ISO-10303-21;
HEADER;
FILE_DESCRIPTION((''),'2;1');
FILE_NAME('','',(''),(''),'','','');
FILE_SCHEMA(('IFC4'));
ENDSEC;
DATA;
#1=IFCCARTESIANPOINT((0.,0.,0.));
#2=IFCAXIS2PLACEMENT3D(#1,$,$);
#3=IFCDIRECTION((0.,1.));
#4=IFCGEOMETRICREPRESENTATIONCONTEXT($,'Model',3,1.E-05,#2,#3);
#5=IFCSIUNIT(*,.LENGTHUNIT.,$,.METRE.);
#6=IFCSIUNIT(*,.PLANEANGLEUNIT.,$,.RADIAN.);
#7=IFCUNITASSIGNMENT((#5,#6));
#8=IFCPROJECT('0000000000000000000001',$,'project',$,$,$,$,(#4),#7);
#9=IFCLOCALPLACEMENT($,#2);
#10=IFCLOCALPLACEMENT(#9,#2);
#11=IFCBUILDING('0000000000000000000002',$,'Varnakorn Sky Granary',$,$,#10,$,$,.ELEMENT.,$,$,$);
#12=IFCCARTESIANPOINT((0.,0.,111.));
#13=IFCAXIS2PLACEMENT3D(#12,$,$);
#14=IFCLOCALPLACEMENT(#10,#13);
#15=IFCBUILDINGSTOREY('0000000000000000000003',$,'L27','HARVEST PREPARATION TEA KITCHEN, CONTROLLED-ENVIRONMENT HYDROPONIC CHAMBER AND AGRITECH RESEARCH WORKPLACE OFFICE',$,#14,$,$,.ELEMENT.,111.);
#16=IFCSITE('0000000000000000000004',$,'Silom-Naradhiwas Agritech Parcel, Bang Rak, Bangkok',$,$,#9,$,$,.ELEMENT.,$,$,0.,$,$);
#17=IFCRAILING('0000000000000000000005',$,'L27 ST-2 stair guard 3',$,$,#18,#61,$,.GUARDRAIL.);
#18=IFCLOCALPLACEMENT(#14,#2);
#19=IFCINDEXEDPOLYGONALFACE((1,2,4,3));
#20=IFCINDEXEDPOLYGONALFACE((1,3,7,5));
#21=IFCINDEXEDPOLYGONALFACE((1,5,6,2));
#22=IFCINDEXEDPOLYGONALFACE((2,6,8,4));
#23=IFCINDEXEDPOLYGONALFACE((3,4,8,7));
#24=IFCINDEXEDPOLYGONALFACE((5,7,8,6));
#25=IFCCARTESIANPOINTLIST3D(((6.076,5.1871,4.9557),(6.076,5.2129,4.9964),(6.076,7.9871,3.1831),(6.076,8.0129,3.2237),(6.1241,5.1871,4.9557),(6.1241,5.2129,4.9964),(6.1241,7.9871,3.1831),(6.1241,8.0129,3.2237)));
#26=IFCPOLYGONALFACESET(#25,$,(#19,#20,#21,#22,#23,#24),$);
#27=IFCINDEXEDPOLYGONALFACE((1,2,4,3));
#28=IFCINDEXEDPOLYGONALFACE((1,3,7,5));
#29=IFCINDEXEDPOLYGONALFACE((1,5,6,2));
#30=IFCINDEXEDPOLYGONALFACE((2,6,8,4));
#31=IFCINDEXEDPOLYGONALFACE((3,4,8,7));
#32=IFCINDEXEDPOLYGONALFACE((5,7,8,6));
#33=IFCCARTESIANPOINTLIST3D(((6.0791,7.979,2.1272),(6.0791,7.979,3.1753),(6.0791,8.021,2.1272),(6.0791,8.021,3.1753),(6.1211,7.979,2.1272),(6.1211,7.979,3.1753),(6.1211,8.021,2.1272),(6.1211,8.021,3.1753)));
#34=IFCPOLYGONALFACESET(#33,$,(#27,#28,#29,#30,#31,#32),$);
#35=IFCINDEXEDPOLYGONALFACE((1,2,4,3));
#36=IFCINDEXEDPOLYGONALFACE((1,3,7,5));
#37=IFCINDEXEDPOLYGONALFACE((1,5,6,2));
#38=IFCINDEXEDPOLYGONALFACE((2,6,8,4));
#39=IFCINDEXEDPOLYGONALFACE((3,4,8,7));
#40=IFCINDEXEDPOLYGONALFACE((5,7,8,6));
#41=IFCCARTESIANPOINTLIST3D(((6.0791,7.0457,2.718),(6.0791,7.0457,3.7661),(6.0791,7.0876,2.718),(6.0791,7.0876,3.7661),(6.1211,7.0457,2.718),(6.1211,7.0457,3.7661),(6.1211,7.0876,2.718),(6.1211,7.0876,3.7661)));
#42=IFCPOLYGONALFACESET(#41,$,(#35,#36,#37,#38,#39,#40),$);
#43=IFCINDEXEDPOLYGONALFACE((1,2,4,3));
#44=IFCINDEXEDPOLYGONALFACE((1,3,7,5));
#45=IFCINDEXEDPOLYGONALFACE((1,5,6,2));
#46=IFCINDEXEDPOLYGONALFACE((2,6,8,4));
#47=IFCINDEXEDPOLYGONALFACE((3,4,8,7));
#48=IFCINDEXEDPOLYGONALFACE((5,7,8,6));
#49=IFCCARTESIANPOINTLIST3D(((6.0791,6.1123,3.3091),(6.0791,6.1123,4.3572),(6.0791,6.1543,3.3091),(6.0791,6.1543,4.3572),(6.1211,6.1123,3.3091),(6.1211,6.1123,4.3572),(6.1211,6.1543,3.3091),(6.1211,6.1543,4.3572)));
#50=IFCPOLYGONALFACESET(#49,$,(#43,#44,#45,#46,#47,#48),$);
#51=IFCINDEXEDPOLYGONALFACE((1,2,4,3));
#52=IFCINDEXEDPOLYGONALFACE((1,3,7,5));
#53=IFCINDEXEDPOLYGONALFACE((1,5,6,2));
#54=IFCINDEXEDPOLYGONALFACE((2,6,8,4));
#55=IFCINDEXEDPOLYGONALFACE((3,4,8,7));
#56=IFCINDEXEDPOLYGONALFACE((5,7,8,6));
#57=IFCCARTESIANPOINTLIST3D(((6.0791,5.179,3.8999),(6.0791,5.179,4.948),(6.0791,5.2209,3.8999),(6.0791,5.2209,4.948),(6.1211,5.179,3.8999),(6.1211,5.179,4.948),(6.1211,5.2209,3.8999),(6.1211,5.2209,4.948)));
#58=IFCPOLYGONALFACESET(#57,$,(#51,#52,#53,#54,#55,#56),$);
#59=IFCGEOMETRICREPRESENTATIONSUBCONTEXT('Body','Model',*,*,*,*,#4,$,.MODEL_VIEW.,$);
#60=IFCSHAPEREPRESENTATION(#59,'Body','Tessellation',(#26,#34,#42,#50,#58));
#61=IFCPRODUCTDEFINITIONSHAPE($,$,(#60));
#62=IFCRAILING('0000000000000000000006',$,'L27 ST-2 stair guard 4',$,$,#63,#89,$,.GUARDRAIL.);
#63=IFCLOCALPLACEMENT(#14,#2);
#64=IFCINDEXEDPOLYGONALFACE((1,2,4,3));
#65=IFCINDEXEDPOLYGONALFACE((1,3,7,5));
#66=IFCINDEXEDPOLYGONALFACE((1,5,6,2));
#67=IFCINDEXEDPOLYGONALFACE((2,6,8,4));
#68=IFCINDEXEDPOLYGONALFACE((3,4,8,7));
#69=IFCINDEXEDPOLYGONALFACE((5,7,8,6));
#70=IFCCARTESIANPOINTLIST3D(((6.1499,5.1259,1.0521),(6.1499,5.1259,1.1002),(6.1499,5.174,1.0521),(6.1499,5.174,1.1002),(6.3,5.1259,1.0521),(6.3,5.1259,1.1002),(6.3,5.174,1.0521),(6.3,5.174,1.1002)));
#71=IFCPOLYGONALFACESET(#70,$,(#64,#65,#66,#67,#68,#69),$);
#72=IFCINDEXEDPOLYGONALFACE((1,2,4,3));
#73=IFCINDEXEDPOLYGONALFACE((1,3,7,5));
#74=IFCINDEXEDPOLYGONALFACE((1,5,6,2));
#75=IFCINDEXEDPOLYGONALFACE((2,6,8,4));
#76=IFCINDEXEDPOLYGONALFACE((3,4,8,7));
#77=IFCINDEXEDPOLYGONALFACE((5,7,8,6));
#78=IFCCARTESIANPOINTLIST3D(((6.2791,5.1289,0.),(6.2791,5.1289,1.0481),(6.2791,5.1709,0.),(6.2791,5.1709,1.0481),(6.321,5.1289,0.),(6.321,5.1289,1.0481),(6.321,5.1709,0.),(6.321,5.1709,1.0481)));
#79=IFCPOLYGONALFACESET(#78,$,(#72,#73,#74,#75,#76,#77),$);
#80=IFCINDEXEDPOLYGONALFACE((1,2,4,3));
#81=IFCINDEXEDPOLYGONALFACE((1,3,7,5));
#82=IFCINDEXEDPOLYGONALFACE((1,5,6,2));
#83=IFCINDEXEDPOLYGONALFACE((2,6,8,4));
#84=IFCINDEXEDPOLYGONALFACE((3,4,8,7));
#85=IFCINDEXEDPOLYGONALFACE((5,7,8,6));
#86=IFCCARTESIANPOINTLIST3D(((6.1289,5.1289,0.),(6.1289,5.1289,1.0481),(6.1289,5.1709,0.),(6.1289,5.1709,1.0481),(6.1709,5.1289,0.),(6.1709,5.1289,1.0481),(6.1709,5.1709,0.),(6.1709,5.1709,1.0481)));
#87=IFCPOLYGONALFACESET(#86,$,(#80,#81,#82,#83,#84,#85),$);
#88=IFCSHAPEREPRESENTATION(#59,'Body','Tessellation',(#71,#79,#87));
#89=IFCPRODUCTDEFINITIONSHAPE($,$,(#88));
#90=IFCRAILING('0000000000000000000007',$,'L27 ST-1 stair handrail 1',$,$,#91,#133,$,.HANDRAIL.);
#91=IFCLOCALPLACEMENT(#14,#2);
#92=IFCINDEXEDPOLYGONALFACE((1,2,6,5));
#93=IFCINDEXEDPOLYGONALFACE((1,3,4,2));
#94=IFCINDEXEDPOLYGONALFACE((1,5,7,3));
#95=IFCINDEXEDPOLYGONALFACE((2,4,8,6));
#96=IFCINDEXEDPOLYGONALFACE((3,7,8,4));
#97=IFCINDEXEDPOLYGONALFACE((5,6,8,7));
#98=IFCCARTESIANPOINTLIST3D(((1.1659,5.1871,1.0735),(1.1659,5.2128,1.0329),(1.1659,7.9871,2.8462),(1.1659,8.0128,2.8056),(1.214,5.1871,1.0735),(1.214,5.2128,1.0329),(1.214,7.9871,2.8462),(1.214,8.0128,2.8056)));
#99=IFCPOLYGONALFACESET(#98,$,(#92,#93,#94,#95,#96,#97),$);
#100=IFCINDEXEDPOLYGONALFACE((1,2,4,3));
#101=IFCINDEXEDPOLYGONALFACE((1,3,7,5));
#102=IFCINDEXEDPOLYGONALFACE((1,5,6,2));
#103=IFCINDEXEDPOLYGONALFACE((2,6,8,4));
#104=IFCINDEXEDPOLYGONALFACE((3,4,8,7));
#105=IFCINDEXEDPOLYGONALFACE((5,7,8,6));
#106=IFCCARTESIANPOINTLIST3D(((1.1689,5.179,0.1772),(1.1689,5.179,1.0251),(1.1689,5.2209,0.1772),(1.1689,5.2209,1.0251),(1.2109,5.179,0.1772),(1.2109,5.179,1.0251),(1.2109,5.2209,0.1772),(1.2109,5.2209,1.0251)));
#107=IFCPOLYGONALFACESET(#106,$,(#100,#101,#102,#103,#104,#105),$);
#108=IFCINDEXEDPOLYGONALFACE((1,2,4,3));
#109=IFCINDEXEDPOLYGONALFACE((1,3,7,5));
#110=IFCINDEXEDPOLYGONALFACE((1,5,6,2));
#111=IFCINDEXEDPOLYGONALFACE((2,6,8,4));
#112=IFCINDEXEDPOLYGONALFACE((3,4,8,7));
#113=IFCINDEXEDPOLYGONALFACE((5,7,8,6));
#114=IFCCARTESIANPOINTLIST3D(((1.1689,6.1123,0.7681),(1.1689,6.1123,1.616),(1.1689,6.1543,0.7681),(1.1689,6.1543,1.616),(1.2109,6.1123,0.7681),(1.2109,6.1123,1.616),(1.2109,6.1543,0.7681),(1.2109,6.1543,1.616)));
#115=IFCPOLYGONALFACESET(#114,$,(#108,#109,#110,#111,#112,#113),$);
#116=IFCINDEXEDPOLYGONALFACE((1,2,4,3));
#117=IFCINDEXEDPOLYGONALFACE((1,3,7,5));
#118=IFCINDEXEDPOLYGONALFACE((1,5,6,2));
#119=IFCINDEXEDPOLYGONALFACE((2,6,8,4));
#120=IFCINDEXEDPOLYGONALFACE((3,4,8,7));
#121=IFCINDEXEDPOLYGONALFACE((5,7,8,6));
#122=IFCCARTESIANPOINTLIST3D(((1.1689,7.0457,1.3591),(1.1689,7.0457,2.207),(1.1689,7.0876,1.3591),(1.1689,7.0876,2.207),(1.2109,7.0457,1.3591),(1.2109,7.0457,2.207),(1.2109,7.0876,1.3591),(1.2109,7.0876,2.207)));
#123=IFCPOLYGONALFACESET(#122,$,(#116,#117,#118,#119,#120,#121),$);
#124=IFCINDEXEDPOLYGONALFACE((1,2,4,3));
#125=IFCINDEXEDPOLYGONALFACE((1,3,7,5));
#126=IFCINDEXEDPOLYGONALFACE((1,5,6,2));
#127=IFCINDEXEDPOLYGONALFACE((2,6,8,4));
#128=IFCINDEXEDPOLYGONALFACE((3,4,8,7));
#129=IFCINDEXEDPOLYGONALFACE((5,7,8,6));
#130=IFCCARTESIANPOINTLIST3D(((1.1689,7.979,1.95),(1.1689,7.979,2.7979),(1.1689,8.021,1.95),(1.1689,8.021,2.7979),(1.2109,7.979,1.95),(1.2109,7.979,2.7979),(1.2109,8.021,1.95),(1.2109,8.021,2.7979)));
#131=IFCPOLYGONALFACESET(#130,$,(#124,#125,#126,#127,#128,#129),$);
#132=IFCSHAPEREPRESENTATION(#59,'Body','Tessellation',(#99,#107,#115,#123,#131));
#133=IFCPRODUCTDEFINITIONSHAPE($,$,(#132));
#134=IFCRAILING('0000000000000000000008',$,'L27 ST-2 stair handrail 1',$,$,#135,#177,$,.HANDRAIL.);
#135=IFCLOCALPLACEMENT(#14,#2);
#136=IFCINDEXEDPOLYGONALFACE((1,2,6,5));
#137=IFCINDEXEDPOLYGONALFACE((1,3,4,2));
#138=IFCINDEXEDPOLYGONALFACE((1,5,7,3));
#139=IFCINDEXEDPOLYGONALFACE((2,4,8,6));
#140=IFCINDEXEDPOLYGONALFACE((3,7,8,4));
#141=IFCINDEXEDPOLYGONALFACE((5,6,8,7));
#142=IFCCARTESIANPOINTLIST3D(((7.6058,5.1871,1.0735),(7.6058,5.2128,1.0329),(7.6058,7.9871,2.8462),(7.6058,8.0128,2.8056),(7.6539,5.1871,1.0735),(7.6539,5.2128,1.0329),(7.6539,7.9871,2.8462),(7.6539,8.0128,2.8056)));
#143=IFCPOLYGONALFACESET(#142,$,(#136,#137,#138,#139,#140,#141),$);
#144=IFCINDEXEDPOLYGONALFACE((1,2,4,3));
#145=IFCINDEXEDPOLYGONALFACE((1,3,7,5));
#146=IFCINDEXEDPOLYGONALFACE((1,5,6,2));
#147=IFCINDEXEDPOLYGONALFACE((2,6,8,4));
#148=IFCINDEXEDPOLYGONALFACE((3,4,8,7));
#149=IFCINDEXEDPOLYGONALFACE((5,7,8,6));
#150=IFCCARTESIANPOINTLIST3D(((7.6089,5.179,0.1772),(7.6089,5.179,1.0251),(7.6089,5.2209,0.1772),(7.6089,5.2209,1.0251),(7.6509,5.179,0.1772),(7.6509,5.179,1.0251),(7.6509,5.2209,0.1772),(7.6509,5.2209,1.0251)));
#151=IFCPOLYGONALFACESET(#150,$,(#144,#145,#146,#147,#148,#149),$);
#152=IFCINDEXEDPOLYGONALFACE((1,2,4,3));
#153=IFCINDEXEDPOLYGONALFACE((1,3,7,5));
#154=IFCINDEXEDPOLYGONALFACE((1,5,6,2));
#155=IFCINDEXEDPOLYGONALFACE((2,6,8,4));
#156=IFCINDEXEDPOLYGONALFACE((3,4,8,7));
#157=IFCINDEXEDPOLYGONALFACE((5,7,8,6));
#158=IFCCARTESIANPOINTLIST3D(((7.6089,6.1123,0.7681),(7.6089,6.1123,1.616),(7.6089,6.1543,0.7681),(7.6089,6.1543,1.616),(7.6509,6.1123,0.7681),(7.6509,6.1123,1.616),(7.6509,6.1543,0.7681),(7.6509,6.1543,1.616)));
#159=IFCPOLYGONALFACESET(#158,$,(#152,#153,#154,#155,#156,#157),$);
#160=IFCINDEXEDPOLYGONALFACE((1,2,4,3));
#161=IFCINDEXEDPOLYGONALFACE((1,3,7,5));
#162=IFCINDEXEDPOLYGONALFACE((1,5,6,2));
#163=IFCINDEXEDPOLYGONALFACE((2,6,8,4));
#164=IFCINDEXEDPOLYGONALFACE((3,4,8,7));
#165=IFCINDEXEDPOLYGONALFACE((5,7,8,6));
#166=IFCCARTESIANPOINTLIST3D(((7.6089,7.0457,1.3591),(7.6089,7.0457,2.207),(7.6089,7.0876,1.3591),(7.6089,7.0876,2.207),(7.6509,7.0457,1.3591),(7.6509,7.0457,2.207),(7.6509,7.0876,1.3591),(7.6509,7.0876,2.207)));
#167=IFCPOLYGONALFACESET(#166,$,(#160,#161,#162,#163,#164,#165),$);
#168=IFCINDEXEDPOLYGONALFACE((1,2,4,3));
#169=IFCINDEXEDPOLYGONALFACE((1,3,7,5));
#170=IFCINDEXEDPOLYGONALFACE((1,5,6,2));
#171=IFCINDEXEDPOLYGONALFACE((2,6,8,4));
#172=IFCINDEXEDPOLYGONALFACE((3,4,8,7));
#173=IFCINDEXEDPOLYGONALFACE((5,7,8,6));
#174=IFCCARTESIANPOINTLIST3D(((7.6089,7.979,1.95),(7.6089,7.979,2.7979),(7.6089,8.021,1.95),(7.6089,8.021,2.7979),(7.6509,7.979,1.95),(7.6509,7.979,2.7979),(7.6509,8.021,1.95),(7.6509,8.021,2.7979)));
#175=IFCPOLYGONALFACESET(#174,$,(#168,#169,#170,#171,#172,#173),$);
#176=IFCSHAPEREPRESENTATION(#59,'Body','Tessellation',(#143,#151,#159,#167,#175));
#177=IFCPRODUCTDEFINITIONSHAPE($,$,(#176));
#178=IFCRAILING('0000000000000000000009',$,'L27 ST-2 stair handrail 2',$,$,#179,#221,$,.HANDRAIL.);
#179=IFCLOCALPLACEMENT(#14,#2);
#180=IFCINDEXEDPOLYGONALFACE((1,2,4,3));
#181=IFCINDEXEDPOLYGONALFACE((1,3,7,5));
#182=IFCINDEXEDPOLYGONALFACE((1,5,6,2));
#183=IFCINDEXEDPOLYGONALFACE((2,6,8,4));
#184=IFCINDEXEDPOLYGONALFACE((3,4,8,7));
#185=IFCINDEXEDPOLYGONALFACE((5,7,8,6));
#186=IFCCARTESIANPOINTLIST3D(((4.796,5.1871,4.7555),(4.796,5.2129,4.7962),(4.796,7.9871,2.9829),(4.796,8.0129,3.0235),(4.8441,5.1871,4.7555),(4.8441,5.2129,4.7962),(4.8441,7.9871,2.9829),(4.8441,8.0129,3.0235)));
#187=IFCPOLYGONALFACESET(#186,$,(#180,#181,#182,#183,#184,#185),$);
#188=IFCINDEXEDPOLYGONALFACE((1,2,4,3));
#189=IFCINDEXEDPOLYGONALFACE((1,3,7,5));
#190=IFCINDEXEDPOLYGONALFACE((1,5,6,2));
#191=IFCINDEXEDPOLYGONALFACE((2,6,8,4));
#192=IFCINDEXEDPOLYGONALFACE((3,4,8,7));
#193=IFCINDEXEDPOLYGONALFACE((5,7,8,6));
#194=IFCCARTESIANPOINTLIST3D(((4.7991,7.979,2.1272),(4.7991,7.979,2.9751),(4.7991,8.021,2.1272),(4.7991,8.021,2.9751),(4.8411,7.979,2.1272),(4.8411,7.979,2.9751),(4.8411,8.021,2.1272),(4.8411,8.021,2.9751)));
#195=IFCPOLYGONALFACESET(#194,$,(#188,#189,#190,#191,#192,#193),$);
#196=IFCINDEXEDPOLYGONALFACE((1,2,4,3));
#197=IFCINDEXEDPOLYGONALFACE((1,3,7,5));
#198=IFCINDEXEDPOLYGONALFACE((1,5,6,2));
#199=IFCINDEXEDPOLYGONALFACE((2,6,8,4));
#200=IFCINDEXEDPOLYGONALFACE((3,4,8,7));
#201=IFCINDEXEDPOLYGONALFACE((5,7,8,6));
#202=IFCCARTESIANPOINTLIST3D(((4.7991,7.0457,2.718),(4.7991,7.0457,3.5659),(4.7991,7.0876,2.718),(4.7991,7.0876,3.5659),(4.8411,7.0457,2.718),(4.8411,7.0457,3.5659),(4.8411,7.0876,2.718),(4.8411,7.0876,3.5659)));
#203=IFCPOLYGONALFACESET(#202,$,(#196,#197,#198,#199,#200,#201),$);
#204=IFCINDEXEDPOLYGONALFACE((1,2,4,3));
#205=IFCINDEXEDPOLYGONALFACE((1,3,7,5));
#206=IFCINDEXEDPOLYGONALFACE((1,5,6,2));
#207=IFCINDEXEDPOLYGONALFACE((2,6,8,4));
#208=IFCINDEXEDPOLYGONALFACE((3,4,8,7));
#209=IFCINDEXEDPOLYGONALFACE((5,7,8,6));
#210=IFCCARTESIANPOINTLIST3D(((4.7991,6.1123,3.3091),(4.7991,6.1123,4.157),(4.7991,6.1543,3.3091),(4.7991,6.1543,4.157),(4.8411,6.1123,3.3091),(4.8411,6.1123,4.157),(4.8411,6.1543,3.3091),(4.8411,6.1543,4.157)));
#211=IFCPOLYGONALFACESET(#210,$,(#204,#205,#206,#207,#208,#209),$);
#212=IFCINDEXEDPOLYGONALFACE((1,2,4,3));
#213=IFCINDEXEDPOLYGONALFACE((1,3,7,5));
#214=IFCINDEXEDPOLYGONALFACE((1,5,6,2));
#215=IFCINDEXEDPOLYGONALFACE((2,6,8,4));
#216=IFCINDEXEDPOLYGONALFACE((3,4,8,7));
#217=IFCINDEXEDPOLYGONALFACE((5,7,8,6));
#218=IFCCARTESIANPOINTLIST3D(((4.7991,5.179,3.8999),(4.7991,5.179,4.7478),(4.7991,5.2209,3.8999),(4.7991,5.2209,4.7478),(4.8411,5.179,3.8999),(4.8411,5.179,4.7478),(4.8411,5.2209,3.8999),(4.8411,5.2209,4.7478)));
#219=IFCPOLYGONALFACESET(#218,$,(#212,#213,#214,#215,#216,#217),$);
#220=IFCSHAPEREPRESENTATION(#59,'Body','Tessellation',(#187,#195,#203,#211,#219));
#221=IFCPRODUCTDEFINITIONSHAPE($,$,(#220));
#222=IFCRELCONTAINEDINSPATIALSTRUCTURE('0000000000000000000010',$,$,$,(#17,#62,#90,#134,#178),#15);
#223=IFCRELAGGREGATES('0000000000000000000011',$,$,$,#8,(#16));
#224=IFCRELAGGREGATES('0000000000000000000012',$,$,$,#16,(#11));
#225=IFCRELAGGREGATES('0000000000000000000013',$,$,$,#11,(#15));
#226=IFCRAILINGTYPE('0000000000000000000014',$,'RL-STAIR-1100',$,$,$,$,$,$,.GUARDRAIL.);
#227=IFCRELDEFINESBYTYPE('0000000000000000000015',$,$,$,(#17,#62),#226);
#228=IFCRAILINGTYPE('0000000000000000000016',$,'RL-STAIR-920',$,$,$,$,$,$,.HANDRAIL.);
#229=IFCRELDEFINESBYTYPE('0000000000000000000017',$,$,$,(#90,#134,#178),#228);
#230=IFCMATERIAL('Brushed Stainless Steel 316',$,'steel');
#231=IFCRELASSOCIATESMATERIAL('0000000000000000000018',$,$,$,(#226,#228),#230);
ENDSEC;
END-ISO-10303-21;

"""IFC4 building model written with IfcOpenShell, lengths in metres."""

from ifc_helpers import new_model, si_unit, direction, frame, origin, origin_2d, place, context, subcontext, project, spatial, rectangle, extrude, material, type_object, element, save


model = new_model("IFC4")

# Units and contexts
model_context = context("Model", 3, precision=1e-05, world=origin(), true_north=direction((0.0, 1.0)))
body_context = subcontext(model_context, "Body", "Model", "MODEL_VIEW")
ifc_project = project(units=[si_unit("LENGTHUNIT", "METRE"), si_unit("PLANEANGLEUNIT", "RADIAN")], contexts=[model_context])

# Site, building, storey
site_placement = place(None, origin())
site = spatial("IfcSite", under=ifc_project, at=site_placement, Name="Silom-Naradhiwas Agritech Parcel, Bang Rak, Bangkok", CompositionType="ELEMENT", RefElevation=0.0)
building_placement = place(site_placement, origin())
building = spatial("IfcBuilding", under=site, at=building_placement, Name="Varnakorn Sky Granary", CompositionType="ELEMENT")
storey_placement = place(building_placement, frame((0.0, 0.0, 111.0)))
storey = spatial("IfcBuildingStorey", under=building, at=storey_placement, Name="L27", Description="HARVEST PREPARATION TEA KITCHEN, CONTROLLED-ENVIRONMENT HYDROPONIC CHAMBER AND AGRITECH RESEARCH WORKPLACE OFFICE", CompositionType="ELEMENT", Elevation=111.0)

# Railings
ifc_material_1 = material(Name="Brushed Stainless Steel 316", Category="steel")
railing_type_1 = type_object("IfcRailingType", Name="RL-STAIR-1100", PredefinedType="GUARDRAIL", material=ifc_material_1)
railing_1_placement = place(storey_placement, frame((6.1001, 8.0, 2.1272)))
element("IfcRailing", 1, at=railing_1_placement, inside=storey, type_object=railing_type_1, Name="L27 ST-2 stair guard 3", PredefinedType="GUARDRAIL", context=body_context, shape_type="SweptSolid", body=[
    extrude(rectangle(XDim=0.0481, YDim=0.0481, at=origin_2d()), frame((0.0, 0.0, 1.0762), z_axis=(0.0, -0.844909, 0.53491), x_axis=(1.0, 0.0, 0.0)), (0.0, 0.0, 1.0), 3.314),
    extrude(rectangle(XDim=0.042, YDim=0.042, at=origin_2d()), origin(), (0.0, 0.0, 1.0), 1.0481),
    extrude(rectangle(XDim=0.042, YDim=0.042, at=origin_2d()), frame((0.0, -0.9333, 0.5908)), (0.0, 0.0, 1.0), 1.0481),
    extrude(rectangle(XDim=0.042, YDim=0.042, at=origin_2d()), frame((0.0, -1.8667, 1.1819)), (0.0, 0.0, 1.0), 1.0481),
    extrude(rectangle(XDim=0.042, YDim=0.042, at=origin_2d()), frame((0.0, -2.8, 1.7727)), (0.0, 0.0, 1.0), 1.0481),
])
railing_2_placement = place(storey_placement, frame((6.3, 5.1499, 0.0)))
element("IfcRailing", 2, at=railing_2_placement, inside=storey, type_object=railing_type_1, Name="L27 ST-2 stair guard 4", PredefinedType="GUARDRAIL", context=body_context, shape_type="SweptSolid", body=[
    extrude(rectangle(XDim=0.0481, YDim=0.0481, at=origin_2d()), frame((0.0, 0.0, 1.0762), z_axis=(-1.0, 0.0, 0.0), x_axis=(0.0, -1.0, 0.0)), (0.0, 0.0, 1.0), 0.1501),
    extrude(rectangle(XDim=0.042, YDim=0.042, at=origin_2d()), origin(), (0.0, 0.0, 1.0), 1.0481),
    extrude(rectangle(XDim=0.042, YDim=0.042, at=origin_2d()), frame((-0.1501, 0.0, 0.0)), (0.0, 0.0, 1.0), 1.0481),
])
railing_type_2 = type_object("IfcRailingType", Name="RL-STAIR-920", PredefinedType="HANDRAIL", material=ifc_material_1)
for number, where, name in (
    (3, (1.1899, 5.2, 0.1772), "L27 ST-1 stair handrail 1"),
    (4, (7.6299, 5.2, 0.1772), "L27 ST-2 stair handrail 1"),
):
    element("IfcRailing", number, at=place(storey_placement, frame(where)), inside=storey, type_object=railing_type_2, Name=name, PredefinedType="HANDRAIL", context=body_context, shape_type="SweptSolid", body=[
        extrude(rectangle(XDim=0.0481, YDim=0.0481, at=origin_2d()), frame((0.0, 0.0, 0.876), z_axis=(0.0, 0.844909, 0.53491), x_axis=(-1.0, 0.0, 0.0)), (0.0, 0.0, 1.0), 3.314),
        extrude(rectangle(XDim=0.042, YDim=0.042, at=origin_2d()), origin(), (0.0, 0.0, 1.0), 0.8479),
        extrude(rectangle(XDim=0.042, YDim=0.042, at=origin_2d()), frame((0.0, 0.9333, 0.5908)), (0.0, 0.0, 1.0), 0.8479),
        extrude(rectangle(XDim=0.042, YDim=0.042, at=origin_2d()), frame((0.0, 1.8667, 1.1819)), (0.0, 0.0, 1.0), 0.8479),
        extrude(rectangle(XDim=0.042, YDim=0.042, at=origin_2d()), frame((0.0, 2.8, 1.7727)), (0.0, 0.0, 1.0), 0.8479),
    ])
railing_3_placement = place(storey_placement, frame((4.8201, 8.0, 2.1272)))
element("IfcRailing", 5, at=railing_3_placement, inside=storey, type_object=railing_type_2, Name="L27 ST-2 stair handrail 2", PredefinedType="HANDRAIL", context=body_context, shape_type="SweptSolid", body=[
    extrude(rectangle(XDim=0.0481, YDim=0.0481, at=origin_2d()), frame((0.0, 0.0, 0.876), z_axis=(0.0, -0.844909, 0.53491), x_axis=(1.0, 0.0, 0.0)), (0.0, 0.0, 1.0), 3.314),
    extrude(rectangle(XDim=0.042, YDim=0.042, at=origin_2d()), origin(), (0.0, 0.0, 1.0), 0.8479),
    extrude(rectangle(XDim=0.042, YDim=0.042, at=origin_2d()), frame((0.0, -0.9333, 0.5908)), (0.0, 0.0, 1.0), 0.8479),
    extrude(rectangle(XDim=0.042, YDim=0.042, at=origin_2d()), frame((0.0, -1.8667, 1.1819)), (0.0, 0.0, 1.0), 0.8479),
    extrude(rectangle(XDim=0.042, YDim=0.042, at=origin_2d()), frame((0.0, -2.8, 1.7727)), (0.0, 0.0, 1.0), 0.8479),
])

save(model, "model.ifc")
